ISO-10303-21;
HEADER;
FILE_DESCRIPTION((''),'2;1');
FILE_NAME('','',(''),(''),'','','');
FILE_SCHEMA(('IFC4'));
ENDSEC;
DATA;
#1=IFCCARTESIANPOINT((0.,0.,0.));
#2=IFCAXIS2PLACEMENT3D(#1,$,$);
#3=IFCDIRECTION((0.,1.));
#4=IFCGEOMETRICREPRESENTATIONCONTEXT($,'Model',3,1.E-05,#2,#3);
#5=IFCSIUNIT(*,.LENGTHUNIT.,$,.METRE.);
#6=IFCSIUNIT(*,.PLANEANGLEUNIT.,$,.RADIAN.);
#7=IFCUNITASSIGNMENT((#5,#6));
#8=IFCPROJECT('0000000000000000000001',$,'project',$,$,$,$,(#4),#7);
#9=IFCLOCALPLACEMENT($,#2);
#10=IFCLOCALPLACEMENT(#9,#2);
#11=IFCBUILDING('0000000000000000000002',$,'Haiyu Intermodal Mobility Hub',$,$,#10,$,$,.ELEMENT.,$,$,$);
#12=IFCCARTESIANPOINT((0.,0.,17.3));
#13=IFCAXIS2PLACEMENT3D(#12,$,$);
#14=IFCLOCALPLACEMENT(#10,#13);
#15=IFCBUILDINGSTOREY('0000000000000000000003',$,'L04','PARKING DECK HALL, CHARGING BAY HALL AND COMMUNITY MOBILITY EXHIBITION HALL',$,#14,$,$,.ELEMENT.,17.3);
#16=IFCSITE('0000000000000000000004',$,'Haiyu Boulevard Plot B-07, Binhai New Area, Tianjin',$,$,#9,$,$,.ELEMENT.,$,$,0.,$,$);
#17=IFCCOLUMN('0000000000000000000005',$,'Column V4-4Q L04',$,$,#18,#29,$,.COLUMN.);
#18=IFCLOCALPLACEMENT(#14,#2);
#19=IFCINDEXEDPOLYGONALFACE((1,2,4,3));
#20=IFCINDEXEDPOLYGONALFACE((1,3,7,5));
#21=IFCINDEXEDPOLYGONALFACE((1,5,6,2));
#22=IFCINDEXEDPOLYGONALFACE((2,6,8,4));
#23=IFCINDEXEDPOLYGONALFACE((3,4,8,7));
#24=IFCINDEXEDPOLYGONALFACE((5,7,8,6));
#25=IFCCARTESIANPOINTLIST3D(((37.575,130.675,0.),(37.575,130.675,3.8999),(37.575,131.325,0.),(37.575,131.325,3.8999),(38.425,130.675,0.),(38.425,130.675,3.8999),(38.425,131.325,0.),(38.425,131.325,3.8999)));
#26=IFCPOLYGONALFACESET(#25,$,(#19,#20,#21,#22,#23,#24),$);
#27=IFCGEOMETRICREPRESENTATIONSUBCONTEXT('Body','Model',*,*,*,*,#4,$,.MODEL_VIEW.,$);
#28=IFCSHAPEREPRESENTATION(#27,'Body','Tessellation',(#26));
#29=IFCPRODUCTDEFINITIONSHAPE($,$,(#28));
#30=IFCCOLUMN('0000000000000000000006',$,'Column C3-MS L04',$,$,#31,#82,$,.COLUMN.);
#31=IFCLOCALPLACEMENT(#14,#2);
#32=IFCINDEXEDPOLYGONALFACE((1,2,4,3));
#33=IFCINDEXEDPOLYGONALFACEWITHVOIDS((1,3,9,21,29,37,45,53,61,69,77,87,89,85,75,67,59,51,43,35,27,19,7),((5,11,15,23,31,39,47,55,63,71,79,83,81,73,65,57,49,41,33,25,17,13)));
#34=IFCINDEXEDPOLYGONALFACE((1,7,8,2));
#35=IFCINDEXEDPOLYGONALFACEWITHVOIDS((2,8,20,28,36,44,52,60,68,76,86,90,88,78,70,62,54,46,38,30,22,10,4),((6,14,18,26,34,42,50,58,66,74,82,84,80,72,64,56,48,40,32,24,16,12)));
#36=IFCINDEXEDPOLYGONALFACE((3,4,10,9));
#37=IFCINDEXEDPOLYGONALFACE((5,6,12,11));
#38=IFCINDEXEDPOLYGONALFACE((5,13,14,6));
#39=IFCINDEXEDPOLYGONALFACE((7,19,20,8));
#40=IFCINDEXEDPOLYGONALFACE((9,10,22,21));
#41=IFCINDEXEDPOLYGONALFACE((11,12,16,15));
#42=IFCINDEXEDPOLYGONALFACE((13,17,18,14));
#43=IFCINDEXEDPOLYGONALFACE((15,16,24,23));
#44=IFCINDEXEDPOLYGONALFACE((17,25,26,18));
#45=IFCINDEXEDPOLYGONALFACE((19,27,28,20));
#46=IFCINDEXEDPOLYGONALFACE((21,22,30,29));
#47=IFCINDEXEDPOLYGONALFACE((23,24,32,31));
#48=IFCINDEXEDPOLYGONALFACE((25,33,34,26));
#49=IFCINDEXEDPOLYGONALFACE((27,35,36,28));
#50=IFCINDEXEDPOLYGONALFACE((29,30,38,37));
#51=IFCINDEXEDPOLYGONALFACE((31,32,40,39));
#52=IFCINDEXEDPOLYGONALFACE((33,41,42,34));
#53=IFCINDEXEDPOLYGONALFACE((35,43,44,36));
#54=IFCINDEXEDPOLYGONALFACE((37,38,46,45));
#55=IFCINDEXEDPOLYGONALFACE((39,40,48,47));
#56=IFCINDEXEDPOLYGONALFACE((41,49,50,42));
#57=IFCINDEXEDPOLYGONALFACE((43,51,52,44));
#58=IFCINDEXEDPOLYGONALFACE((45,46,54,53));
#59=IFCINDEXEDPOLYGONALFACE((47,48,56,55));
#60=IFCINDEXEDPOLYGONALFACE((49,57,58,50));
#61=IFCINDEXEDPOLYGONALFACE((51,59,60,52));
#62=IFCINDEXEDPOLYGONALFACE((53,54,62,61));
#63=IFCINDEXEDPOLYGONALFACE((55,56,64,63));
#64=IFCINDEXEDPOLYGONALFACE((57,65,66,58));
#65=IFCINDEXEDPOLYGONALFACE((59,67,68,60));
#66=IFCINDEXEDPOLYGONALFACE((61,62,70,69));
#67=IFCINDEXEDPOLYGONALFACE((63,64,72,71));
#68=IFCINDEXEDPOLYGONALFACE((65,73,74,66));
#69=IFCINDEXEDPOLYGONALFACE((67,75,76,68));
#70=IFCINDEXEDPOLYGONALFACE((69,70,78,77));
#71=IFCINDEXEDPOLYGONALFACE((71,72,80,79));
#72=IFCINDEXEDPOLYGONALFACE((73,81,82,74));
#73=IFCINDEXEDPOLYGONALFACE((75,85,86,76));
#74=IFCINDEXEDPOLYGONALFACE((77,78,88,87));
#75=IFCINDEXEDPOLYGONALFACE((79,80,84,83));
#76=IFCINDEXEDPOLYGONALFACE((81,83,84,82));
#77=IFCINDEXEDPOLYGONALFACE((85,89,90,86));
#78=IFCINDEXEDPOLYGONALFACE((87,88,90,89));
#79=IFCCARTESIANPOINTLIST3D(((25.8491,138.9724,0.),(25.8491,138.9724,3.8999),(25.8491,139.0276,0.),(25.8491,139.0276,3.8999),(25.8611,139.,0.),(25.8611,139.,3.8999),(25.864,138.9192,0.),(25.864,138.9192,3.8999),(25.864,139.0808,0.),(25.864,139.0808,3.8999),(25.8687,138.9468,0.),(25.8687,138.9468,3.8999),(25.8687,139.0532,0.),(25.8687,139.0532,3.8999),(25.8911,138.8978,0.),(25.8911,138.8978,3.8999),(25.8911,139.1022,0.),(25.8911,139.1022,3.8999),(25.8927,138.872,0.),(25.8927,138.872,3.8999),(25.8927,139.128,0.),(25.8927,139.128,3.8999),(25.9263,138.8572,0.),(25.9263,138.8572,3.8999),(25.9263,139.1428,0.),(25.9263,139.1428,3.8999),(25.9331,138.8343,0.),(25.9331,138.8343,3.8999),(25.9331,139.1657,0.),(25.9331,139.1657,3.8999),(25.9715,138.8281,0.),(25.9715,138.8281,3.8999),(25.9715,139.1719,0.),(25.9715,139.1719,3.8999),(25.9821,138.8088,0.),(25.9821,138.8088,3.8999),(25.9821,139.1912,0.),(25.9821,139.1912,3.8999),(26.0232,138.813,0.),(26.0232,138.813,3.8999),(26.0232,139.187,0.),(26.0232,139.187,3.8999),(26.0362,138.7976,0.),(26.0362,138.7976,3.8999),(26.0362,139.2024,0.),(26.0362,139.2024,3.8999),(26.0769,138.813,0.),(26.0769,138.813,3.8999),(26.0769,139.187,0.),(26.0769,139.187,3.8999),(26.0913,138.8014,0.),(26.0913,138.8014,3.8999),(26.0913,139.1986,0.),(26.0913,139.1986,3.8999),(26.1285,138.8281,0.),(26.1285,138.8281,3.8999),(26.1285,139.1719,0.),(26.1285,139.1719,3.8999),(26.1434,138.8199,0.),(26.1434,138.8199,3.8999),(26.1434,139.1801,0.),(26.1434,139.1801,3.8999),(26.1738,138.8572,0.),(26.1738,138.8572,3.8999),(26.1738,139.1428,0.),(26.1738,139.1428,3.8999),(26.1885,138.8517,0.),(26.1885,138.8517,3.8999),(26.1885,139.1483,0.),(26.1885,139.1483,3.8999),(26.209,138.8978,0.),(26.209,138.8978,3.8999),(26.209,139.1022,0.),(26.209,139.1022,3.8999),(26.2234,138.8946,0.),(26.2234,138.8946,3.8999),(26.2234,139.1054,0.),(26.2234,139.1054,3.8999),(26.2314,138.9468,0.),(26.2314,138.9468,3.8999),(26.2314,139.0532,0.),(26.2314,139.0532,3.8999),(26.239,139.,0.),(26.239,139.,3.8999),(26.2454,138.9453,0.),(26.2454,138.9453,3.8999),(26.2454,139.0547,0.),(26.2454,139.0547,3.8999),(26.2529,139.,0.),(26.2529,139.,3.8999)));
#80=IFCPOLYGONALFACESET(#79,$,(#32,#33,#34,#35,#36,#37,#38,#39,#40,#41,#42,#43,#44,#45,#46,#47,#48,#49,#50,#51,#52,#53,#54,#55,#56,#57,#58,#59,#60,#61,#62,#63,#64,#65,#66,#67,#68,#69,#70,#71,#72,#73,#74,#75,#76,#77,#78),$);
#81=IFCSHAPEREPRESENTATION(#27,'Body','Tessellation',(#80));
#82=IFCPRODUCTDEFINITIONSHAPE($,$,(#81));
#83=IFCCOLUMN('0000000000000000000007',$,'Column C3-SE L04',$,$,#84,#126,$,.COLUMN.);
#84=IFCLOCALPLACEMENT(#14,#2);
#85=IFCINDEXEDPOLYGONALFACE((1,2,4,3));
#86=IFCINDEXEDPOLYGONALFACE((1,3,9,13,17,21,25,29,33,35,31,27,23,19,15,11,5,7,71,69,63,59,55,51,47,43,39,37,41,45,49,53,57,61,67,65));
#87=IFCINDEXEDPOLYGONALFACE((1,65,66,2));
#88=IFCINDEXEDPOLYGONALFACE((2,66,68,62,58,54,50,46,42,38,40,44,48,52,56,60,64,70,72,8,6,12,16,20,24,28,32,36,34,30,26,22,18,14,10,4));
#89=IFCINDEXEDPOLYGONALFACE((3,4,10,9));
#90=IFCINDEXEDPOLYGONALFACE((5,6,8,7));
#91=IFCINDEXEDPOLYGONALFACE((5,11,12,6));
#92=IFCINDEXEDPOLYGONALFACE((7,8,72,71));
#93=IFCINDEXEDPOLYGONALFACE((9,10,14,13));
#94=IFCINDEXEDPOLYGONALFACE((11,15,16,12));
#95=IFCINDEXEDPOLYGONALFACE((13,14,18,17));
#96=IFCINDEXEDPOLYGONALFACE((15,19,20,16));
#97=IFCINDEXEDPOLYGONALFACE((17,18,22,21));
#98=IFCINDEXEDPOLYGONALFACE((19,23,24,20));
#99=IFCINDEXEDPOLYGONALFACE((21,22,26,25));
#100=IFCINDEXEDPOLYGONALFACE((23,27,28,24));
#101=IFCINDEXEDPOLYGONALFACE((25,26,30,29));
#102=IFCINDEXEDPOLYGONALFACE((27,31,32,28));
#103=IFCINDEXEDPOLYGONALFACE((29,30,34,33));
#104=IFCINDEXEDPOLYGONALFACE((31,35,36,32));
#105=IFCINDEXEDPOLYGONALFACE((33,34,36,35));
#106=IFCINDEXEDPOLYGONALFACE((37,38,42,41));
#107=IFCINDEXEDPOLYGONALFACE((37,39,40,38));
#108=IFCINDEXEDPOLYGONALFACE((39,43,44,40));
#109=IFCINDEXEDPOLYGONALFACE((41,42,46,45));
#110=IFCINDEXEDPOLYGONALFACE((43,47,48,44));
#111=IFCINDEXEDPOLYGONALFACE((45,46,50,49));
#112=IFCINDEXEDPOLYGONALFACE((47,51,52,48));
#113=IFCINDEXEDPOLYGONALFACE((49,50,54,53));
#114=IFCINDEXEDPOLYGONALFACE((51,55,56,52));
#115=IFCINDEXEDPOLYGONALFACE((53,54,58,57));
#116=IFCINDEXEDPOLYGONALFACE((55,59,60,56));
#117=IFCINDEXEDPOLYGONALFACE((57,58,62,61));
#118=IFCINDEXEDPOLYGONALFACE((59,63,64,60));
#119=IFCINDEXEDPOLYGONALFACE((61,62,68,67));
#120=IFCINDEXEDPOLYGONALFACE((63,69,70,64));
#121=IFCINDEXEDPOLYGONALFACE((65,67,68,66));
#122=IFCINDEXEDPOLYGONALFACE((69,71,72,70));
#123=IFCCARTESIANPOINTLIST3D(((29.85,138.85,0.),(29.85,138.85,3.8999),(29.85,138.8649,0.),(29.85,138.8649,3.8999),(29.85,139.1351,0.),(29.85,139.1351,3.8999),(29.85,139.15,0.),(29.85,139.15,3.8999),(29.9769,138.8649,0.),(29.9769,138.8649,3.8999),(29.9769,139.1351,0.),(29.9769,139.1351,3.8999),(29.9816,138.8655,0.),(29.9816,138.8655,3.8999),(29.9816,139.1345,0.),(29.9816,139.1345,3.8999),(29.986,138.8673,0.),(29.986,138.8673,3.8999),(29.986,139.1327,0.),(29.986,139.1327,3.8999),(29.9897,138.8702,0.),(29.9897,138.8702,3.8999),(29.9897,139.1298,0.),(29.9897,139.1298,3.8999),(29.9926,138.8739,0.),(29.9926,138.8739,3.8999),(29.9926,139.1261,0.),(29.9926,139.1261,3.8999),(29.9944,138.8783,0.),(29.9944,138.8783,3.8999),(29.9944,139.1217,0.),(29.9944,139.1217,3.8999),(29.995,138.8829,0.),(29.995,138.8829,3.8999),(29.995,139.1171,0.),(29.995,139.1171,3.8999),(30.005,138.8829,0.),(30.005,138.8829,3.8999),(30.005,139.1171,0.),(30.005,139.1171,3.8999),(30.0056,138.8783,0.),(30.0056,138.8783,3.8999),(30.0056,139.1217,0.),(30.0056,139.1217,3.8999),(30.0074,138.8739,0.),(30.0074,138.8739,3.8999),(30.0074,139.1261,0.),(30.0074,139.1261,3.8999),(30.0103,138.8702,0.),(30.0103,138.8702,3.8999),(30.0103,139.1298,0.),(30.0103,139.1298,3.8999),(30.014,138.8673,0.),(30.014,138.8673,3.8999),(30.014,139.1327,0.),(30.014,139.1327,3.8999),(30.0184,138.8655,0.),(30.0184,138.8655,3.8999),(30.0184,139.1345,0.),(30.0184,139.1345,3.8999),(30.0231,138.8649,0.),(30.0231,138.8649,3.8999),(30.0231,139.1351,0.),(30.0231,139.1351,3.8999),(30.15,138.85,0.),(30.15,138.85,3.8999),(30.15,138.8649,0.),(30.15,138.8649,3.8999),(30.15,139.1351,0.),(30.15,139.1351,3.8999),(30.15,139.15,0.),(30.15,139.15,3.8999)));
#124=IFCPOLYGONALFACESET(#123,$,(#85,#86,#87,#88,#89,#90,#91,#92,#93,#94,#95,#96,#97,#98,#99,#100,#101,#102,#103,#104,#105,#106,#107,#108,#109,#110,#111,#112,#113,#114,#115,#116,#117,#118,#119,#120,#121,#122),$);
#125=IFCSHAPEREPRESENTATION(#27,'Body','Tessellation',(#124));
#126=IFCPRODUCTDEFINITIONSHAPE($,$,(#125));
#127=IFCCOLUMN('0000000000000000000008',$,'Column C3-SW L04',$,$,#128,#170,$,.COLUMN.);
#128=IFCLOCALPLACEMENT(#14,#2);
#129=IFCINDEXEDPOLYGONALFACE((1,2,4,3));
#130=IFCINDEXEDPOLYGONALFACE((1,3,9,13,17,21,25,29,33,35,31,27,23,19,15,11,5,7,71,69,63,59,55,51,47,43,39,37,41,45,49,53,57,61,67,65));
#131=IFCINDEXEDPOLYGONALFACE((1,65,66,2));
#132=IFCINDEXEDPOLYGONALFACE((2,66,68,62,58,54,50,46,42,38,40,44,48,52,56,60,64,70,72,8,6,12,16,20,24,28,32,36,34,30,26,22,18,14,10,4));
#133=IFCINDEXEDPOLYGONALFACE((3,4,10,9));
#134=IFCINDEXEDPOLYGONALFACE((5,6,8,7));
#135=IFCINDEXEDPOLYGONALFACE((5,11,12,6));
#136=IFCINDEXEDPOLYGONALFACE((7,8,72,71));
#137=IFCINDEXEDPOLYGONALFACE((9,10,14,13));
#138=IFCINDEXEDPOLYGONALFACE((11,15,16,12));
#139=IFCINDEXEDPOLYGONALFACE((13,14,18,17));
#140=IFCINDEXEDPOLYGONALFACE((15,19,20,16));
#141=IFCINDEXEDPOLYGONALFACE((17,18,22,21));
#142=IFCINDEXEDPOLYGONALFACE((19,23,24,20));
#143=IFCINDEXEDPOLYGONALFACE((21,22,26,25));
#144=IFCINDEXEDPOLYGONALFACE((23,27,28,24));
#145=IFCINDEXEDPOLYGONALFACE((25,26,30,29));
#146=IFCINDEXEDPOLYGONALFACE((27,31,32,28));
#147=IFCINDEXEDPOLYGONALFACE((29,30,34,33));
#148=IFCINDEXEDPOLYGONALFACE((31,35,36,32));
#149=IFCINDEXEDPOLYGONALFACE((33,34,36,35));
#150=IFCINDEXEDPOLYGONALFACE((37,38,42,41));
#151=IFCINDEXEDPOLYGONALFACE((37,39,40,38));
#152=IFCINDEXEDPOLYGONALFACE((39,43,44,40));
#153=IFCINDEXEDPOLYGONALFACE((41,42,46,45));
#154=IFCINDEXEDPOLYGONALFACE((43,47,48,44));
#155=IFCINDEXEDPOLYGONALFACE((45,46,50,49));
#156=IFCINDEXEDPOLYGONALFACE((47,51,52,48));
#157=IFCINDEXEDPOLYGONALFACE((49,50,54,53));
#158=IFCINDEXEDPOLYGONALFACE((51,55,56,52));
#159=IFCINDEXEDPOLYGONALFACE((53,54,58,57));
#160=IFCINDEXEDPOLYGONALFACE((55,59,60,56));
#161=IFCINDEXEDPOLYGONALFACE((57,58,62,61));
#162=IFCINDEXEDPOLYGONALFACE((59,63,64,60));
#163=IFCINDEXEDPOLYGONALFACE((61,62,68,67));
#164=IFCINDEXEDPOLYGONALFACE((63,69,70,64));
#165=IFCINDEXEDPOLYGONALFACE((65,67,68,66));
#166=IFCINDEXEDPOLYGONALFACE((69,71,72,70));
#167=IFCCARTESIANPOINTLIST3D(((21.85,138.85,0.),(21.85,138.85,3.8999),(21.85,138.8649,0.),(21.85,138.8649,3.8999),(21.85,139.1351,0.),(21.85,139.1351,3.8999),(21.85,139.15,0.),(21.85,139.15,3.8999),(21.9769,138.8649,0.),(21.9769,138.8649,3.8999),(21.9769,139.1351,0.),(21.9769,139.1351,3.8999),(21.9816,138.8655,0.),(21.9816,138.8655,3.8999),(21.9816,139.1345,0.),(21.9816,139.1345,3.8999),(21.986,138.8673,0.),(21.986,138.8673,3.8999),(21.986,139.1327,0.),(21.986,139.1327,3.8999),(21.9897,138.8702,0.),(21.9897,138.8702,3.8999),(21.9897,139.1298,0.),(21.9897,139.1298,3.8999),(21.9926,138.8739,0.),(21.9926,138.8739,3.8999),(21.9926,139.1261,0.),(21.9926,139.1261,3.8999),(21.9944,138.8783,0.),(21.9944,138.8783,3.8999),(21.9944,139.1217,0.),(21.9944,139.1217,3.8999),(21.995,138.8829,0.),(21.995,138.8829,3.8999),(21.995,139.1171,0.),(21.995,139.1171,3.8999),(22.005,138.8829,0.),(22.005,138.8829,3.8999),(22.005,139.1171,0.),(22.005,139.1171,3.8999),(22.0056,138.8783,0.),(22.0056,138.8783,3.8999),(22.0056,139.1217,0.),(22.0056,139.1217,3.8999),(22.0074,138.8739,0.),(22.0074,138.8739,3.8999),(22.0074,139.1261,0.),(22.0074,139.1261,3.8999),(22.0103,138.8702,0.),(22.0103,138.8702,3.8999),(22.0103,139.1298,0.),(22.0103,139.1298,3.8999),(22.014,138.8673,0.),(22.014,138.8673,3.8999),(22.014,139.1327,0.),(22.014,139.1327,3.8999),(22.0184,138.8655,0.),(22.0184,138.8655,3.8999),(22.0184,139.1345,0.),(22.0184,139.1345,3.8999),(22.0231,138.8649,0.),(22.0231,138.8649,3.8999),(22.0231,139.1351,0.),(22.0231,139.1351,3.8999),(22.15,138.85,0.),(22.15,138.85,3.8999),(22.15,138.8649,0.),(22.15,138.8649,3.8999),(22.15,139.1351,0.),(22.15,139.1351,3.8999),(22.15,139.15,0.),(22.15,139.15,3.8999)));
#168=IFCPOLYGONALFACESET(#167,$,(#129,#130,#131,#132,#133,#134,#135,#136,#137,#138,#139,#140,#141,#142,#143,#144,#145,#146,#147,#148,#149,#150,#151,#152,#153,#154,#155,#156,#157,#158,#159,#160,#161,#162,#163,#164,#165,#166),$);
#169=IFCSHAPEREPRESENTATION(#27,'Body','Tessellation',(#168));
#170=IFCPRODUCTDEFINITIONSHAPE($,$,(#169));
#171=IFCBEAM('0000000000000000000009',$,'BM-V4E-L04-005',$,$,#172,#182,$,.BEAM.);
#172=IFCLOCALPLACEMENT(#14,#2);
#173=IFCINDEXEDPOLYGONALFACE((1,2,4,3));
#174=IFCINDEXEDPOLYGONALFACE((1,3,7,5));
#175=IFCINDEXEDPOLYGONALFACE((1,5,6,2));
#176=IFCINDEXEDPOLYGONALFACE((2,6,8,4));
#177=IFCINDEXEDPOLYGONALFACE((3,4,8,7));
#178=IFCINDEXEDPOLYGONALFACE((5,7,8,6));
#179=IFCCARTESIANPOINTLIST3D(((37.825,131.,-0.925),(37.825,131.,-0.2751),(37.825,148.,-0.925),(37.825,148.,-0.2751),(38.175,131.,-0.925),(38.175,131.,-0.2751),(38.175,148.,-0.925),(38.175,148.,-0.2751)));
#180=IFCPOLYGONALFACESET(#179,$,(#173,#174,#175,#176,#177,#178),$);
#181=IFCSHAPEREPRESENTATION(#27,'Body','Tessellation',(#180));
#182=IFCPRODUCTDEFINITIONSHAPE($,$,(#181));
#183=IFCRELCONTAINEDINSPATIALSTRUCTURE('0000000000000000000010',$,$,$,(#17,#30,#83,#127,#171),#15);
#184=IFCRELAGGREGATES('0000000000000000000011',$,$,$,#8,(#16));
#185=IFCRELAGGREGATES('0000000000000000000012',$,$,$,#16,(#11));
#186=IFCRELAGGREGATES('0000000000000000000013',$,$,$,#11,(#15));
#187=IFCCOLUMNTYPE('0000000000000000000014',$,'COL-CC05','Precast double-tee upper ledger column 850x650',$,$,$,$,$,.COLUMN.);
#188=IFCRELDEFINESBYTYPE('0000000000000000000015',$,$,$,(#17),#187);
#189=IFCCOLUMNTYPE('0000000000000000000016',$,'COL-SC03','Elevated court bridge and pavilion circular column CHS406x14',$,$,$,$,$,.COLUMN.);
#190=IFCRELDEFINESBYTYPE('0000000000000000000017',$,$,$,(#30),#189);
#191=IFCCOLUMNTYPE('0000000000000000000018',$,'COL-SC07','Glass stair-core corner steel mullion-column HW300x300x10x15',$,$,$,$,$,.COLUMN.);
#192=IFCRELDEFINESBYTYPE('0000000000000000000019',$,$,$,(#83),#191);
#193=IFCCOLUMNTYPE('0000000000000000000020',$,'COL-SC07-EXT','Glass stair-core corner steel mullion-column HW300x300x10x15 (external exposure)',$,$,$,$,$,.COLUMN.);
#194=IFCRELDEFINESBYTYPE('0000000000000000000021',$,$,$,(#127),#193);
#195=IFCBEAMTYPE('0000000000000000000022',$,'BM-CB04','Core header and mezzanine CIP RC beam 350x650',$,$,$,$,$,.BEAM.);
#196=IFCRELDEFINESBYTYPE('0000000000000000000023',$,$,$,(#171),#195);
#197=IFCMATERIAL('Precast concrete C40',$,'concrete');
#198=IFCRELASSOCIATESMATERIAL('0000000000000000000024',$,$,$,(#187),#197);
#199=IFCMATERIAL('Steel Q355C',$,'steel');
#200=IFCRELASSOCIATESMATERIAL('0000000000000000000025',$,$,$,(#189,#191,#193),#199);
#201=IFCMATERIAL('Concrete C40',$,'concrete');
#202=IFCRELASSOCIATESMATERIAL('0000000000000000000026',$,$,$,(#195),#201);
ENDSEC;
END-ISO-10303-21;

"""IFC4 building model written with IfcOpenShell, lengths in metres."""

from ifc_helpers import new_model, si_unit, direction, frame, origin, origin_2d, place, context, subcontext, project, spatial, rectangle, hollow_circle, i_section, extrude, material, material_profile, profile_set, type_object, element, save


model = new_model("IFC4")

# Units and contexts
model_context = context("Model", 3, precision=1e-05, world=origin(), true_north=direction((0.0, 1.0)))
body_context = subcontext(model_context, "Body", "Model", "MODEL_VIEW")
ifc_project = project(units=[si_unit("LENGTHUNIT", "METRE"), si_unit("PLANEANGLEUNIT", "RADIAN")], contexts=[model_context])

# Site, building, storey
site_placement = place(None, origin())
site = spatial("IfcSite", under=ifc_project, at=site_placement, Name="Haiyu Boulevard Plot B-07, Binhai New Area, Tianjin", CompositionType="ELEMENT", RefElevation=0.0)
building_placement = place(site_placement, origin())
building = spatial("IfcBuilding", under=site, at=building_placement, Name="Haiyu Intermodal Mobility Hub", CompositionType="ELEMENT")
storey_placement = place(building_placement, frame((0.0, 0.0, 17.3)))
storey = spatial("IfcBuildingStorey", under=building, at=storey_placement, Name="L04", Description="PARKING DECK HALL, CHARGING BAY HALL AND COMMUNITY MOBILITY EXHIBITION HALL", CompositionType="ELEMENT", Elevation=17.3)

# Columns
ifc_material_1 = material(Name="Precast concrete C40", Category="concrete")
ifc_material_profile_1 = material_profile(ifc_material_1, rectangle(XDim=0.8501, YDim=0.6499, at=origin_2d()), Name="RC850x650")
ifc_profile_set_1 = profile_set([ifc_material_profile_1], Name="Precast concrete C40")
column_type_1 = type_object("IfcColumnType", Name="COL-CC05", Description="Precast double-tee upper ledger column 850x650", PredefinedType="COLUMN", material=ifc_profile_set_1)
column_1_placement = place(storey_placement, frame((38.0, 131.0, 0.0), z_axis=(0.0, 0.0, 1.0), x_axis=(1.0, 0.0, 0.0)))
element("IfcColumn", 1, at=column_1_placement, inside=storey, type_object=column_type_1, Name="Column V4-4Q L04", PredefinedType="COLUMN", context=body_context, shape_type="SweptSolid", body=[
    extrude(rectangle(XDim=0.8501, YDim=0.6499, at=origin_2d()), origin(), (0.0, 0.0, 1.0), 3.8999),
])
ifc_material_2 = material(Name="Steel Q355C", Category="steel")
ifc_material_profile_2 = material_profile(ifc_material_2, hollow_circle(Radius=0.2029, WallThickness=0.0139, at=origin_2d()), Name="CHS406x14")
ifc_profile_set_2 = profile_set([ifc_material_profile_2], Name="Steel Q355C")
column_type_2 = type_object("IfcColumnType", Name="COL-SC03", Description="Elevated court bridge and pavilion circular column CHS406x14", PredefinedType="COLUMN", material=ifc_profile_set_2)
column_2_placement = place(storey_placement, frame((26.05, 139.0, 0.0), z_axis=(0.0, 0.0, 1.0), x_axis=(1.0, 0.0, 0.0)))
element("IfcColumn", 2, at=column_2_placement, inside=storey, type_object=column_type_2, Name="Column C3-MS L04", PredefinedType="COLUMN", context=body_context, shape_type="SweptSolid", body=[
    extrude(hollow_circle(Radius=0.2029, WallThickness=0.0139, at=origin_2d()), origin(), (0.0, 0.0, 1.0), 3.8999),
])
ifc_material_profile_3 = material_profile(ifc_material_2, i_section(OverallWidth=0.3, OverallDepth=0.3, WebThickness=0.01, FlangeThickness=0.0149, FilletRadius=0.0181, at=origin_2d()), Name="HW300x300x10x15")
ifc_profile_set_3 = profile_set([ifc_material_profile_3], Name="Steel Q355C")
column_type_3 = type_object("IfcColumnType", Name="COL-SC07", Description="Glass stair-core corner steel mullion-column HW300x300x10x15", PredefinedType="COLUMN", material=ifc_profile_set_3)
column_3_placement = place(storey_placement, frame((30.0, 139.0, 0.0), z_axis=(0.0, 0.0, 1.0), x_axis=(1.0, 0.0, 0.0)))
element("IfcColumn", 3, at=column_3_placement, inside=storey, type_object=column_type_3, Name="Column C3-SE L04", PredefinedType="COLUMN", context=body_context, shape_type="SweptSolid", body=[
    extrude(i_section(OverallWidth=0.3, OverallDepth=0.3, WebThickness=0.01, FlangeThickness=0.0149, FilletRadius=0.0181, at=origin_2d()), origin(), (0.0, 0.0, 1.0), 3.8999),
])
ifc_material_profile_4 = material_profile(ifc_material_2, i_section(OverallWidth=0.3, OverallDepth=0.3, WebThickness=0.01, FlangeThickness=0.0149, FilletRadius=0.0181, at=origin_2d()), Name="HW300x300x10x15")
ifc_profile_set_4 = profile_set([ifc_material_profile_4], Name="Steel Q355C")
column_type_4 = type_object("IfcColumnType", Name="COL-SC07-EXT", Description="Glass stair-core corner steel mullion-column HW300x300x10x15 (external exposure)", PredefinedType="COLUMN", material=ifc_profile_set_4)
column_4_placement = place(storey_placement, frame((22.0, 139.0, 0.0), z_axis=(0.0, 0.0, 1.0), x_axis=(1.0, 0.0, 0.0)))
element("IfcColumn", 4, at=column_4_placement, inside=storey, type_object=column_type_4, Name="Column C3-SW L04", PredefinedType="COLUMN", context=body_context, shape_type="SweptSolid", body=[
    extrude(i_section(OverallWidth=0.3, OverallDepth=0.3, WebThickness=0.01, FlangeThickness=0.0149, FilletRadius=0.0181, at=origin_2d()), origin(), (0.0, 0.0, 1.0), 3.8999),
])

# Beam
ifc_material_3 = material(Name="Concrete C40", Category="concrete")
ifc_material_profile_5 = material_profile(ifc_material_3, rectangle(XDim=0.3501, YDim=0.6499, at=origin_2d()), Name="RCB350x650")
ifc_profile_set_5 = profile_set([ifc_material_profile_5], Name="Concrete C40")
beam_type_1 = type_object("IfcBeamType", Name="BM-CB04", Description="Core header and mezzanine CIP RC beam 350x650", PredefinedType="BEAM", material=ifc_profile_set_5)
beam_1_placement = place(storey_placement, frame((38.0, 131.0, -0.6001), z_axis=(0.0, 1.0, 0.0), x_axis=(-1.0, 0.0, 0.0)))
element("IfcBeam", 5, at=beam_1_placement, inside=storey, type_object=beam_type_1, Name="BM-V4E-L04-005", PredefinedType="BEAM", context=body_context, shape_type="SweptSolid", body=[
    extrude(rectangle(XDim=0.3501, YDim=0.6499, at=origin_2d()), origin(), (0.0, 0.0, 1.0), 17.0),
])

save(model, "model.ifc")
